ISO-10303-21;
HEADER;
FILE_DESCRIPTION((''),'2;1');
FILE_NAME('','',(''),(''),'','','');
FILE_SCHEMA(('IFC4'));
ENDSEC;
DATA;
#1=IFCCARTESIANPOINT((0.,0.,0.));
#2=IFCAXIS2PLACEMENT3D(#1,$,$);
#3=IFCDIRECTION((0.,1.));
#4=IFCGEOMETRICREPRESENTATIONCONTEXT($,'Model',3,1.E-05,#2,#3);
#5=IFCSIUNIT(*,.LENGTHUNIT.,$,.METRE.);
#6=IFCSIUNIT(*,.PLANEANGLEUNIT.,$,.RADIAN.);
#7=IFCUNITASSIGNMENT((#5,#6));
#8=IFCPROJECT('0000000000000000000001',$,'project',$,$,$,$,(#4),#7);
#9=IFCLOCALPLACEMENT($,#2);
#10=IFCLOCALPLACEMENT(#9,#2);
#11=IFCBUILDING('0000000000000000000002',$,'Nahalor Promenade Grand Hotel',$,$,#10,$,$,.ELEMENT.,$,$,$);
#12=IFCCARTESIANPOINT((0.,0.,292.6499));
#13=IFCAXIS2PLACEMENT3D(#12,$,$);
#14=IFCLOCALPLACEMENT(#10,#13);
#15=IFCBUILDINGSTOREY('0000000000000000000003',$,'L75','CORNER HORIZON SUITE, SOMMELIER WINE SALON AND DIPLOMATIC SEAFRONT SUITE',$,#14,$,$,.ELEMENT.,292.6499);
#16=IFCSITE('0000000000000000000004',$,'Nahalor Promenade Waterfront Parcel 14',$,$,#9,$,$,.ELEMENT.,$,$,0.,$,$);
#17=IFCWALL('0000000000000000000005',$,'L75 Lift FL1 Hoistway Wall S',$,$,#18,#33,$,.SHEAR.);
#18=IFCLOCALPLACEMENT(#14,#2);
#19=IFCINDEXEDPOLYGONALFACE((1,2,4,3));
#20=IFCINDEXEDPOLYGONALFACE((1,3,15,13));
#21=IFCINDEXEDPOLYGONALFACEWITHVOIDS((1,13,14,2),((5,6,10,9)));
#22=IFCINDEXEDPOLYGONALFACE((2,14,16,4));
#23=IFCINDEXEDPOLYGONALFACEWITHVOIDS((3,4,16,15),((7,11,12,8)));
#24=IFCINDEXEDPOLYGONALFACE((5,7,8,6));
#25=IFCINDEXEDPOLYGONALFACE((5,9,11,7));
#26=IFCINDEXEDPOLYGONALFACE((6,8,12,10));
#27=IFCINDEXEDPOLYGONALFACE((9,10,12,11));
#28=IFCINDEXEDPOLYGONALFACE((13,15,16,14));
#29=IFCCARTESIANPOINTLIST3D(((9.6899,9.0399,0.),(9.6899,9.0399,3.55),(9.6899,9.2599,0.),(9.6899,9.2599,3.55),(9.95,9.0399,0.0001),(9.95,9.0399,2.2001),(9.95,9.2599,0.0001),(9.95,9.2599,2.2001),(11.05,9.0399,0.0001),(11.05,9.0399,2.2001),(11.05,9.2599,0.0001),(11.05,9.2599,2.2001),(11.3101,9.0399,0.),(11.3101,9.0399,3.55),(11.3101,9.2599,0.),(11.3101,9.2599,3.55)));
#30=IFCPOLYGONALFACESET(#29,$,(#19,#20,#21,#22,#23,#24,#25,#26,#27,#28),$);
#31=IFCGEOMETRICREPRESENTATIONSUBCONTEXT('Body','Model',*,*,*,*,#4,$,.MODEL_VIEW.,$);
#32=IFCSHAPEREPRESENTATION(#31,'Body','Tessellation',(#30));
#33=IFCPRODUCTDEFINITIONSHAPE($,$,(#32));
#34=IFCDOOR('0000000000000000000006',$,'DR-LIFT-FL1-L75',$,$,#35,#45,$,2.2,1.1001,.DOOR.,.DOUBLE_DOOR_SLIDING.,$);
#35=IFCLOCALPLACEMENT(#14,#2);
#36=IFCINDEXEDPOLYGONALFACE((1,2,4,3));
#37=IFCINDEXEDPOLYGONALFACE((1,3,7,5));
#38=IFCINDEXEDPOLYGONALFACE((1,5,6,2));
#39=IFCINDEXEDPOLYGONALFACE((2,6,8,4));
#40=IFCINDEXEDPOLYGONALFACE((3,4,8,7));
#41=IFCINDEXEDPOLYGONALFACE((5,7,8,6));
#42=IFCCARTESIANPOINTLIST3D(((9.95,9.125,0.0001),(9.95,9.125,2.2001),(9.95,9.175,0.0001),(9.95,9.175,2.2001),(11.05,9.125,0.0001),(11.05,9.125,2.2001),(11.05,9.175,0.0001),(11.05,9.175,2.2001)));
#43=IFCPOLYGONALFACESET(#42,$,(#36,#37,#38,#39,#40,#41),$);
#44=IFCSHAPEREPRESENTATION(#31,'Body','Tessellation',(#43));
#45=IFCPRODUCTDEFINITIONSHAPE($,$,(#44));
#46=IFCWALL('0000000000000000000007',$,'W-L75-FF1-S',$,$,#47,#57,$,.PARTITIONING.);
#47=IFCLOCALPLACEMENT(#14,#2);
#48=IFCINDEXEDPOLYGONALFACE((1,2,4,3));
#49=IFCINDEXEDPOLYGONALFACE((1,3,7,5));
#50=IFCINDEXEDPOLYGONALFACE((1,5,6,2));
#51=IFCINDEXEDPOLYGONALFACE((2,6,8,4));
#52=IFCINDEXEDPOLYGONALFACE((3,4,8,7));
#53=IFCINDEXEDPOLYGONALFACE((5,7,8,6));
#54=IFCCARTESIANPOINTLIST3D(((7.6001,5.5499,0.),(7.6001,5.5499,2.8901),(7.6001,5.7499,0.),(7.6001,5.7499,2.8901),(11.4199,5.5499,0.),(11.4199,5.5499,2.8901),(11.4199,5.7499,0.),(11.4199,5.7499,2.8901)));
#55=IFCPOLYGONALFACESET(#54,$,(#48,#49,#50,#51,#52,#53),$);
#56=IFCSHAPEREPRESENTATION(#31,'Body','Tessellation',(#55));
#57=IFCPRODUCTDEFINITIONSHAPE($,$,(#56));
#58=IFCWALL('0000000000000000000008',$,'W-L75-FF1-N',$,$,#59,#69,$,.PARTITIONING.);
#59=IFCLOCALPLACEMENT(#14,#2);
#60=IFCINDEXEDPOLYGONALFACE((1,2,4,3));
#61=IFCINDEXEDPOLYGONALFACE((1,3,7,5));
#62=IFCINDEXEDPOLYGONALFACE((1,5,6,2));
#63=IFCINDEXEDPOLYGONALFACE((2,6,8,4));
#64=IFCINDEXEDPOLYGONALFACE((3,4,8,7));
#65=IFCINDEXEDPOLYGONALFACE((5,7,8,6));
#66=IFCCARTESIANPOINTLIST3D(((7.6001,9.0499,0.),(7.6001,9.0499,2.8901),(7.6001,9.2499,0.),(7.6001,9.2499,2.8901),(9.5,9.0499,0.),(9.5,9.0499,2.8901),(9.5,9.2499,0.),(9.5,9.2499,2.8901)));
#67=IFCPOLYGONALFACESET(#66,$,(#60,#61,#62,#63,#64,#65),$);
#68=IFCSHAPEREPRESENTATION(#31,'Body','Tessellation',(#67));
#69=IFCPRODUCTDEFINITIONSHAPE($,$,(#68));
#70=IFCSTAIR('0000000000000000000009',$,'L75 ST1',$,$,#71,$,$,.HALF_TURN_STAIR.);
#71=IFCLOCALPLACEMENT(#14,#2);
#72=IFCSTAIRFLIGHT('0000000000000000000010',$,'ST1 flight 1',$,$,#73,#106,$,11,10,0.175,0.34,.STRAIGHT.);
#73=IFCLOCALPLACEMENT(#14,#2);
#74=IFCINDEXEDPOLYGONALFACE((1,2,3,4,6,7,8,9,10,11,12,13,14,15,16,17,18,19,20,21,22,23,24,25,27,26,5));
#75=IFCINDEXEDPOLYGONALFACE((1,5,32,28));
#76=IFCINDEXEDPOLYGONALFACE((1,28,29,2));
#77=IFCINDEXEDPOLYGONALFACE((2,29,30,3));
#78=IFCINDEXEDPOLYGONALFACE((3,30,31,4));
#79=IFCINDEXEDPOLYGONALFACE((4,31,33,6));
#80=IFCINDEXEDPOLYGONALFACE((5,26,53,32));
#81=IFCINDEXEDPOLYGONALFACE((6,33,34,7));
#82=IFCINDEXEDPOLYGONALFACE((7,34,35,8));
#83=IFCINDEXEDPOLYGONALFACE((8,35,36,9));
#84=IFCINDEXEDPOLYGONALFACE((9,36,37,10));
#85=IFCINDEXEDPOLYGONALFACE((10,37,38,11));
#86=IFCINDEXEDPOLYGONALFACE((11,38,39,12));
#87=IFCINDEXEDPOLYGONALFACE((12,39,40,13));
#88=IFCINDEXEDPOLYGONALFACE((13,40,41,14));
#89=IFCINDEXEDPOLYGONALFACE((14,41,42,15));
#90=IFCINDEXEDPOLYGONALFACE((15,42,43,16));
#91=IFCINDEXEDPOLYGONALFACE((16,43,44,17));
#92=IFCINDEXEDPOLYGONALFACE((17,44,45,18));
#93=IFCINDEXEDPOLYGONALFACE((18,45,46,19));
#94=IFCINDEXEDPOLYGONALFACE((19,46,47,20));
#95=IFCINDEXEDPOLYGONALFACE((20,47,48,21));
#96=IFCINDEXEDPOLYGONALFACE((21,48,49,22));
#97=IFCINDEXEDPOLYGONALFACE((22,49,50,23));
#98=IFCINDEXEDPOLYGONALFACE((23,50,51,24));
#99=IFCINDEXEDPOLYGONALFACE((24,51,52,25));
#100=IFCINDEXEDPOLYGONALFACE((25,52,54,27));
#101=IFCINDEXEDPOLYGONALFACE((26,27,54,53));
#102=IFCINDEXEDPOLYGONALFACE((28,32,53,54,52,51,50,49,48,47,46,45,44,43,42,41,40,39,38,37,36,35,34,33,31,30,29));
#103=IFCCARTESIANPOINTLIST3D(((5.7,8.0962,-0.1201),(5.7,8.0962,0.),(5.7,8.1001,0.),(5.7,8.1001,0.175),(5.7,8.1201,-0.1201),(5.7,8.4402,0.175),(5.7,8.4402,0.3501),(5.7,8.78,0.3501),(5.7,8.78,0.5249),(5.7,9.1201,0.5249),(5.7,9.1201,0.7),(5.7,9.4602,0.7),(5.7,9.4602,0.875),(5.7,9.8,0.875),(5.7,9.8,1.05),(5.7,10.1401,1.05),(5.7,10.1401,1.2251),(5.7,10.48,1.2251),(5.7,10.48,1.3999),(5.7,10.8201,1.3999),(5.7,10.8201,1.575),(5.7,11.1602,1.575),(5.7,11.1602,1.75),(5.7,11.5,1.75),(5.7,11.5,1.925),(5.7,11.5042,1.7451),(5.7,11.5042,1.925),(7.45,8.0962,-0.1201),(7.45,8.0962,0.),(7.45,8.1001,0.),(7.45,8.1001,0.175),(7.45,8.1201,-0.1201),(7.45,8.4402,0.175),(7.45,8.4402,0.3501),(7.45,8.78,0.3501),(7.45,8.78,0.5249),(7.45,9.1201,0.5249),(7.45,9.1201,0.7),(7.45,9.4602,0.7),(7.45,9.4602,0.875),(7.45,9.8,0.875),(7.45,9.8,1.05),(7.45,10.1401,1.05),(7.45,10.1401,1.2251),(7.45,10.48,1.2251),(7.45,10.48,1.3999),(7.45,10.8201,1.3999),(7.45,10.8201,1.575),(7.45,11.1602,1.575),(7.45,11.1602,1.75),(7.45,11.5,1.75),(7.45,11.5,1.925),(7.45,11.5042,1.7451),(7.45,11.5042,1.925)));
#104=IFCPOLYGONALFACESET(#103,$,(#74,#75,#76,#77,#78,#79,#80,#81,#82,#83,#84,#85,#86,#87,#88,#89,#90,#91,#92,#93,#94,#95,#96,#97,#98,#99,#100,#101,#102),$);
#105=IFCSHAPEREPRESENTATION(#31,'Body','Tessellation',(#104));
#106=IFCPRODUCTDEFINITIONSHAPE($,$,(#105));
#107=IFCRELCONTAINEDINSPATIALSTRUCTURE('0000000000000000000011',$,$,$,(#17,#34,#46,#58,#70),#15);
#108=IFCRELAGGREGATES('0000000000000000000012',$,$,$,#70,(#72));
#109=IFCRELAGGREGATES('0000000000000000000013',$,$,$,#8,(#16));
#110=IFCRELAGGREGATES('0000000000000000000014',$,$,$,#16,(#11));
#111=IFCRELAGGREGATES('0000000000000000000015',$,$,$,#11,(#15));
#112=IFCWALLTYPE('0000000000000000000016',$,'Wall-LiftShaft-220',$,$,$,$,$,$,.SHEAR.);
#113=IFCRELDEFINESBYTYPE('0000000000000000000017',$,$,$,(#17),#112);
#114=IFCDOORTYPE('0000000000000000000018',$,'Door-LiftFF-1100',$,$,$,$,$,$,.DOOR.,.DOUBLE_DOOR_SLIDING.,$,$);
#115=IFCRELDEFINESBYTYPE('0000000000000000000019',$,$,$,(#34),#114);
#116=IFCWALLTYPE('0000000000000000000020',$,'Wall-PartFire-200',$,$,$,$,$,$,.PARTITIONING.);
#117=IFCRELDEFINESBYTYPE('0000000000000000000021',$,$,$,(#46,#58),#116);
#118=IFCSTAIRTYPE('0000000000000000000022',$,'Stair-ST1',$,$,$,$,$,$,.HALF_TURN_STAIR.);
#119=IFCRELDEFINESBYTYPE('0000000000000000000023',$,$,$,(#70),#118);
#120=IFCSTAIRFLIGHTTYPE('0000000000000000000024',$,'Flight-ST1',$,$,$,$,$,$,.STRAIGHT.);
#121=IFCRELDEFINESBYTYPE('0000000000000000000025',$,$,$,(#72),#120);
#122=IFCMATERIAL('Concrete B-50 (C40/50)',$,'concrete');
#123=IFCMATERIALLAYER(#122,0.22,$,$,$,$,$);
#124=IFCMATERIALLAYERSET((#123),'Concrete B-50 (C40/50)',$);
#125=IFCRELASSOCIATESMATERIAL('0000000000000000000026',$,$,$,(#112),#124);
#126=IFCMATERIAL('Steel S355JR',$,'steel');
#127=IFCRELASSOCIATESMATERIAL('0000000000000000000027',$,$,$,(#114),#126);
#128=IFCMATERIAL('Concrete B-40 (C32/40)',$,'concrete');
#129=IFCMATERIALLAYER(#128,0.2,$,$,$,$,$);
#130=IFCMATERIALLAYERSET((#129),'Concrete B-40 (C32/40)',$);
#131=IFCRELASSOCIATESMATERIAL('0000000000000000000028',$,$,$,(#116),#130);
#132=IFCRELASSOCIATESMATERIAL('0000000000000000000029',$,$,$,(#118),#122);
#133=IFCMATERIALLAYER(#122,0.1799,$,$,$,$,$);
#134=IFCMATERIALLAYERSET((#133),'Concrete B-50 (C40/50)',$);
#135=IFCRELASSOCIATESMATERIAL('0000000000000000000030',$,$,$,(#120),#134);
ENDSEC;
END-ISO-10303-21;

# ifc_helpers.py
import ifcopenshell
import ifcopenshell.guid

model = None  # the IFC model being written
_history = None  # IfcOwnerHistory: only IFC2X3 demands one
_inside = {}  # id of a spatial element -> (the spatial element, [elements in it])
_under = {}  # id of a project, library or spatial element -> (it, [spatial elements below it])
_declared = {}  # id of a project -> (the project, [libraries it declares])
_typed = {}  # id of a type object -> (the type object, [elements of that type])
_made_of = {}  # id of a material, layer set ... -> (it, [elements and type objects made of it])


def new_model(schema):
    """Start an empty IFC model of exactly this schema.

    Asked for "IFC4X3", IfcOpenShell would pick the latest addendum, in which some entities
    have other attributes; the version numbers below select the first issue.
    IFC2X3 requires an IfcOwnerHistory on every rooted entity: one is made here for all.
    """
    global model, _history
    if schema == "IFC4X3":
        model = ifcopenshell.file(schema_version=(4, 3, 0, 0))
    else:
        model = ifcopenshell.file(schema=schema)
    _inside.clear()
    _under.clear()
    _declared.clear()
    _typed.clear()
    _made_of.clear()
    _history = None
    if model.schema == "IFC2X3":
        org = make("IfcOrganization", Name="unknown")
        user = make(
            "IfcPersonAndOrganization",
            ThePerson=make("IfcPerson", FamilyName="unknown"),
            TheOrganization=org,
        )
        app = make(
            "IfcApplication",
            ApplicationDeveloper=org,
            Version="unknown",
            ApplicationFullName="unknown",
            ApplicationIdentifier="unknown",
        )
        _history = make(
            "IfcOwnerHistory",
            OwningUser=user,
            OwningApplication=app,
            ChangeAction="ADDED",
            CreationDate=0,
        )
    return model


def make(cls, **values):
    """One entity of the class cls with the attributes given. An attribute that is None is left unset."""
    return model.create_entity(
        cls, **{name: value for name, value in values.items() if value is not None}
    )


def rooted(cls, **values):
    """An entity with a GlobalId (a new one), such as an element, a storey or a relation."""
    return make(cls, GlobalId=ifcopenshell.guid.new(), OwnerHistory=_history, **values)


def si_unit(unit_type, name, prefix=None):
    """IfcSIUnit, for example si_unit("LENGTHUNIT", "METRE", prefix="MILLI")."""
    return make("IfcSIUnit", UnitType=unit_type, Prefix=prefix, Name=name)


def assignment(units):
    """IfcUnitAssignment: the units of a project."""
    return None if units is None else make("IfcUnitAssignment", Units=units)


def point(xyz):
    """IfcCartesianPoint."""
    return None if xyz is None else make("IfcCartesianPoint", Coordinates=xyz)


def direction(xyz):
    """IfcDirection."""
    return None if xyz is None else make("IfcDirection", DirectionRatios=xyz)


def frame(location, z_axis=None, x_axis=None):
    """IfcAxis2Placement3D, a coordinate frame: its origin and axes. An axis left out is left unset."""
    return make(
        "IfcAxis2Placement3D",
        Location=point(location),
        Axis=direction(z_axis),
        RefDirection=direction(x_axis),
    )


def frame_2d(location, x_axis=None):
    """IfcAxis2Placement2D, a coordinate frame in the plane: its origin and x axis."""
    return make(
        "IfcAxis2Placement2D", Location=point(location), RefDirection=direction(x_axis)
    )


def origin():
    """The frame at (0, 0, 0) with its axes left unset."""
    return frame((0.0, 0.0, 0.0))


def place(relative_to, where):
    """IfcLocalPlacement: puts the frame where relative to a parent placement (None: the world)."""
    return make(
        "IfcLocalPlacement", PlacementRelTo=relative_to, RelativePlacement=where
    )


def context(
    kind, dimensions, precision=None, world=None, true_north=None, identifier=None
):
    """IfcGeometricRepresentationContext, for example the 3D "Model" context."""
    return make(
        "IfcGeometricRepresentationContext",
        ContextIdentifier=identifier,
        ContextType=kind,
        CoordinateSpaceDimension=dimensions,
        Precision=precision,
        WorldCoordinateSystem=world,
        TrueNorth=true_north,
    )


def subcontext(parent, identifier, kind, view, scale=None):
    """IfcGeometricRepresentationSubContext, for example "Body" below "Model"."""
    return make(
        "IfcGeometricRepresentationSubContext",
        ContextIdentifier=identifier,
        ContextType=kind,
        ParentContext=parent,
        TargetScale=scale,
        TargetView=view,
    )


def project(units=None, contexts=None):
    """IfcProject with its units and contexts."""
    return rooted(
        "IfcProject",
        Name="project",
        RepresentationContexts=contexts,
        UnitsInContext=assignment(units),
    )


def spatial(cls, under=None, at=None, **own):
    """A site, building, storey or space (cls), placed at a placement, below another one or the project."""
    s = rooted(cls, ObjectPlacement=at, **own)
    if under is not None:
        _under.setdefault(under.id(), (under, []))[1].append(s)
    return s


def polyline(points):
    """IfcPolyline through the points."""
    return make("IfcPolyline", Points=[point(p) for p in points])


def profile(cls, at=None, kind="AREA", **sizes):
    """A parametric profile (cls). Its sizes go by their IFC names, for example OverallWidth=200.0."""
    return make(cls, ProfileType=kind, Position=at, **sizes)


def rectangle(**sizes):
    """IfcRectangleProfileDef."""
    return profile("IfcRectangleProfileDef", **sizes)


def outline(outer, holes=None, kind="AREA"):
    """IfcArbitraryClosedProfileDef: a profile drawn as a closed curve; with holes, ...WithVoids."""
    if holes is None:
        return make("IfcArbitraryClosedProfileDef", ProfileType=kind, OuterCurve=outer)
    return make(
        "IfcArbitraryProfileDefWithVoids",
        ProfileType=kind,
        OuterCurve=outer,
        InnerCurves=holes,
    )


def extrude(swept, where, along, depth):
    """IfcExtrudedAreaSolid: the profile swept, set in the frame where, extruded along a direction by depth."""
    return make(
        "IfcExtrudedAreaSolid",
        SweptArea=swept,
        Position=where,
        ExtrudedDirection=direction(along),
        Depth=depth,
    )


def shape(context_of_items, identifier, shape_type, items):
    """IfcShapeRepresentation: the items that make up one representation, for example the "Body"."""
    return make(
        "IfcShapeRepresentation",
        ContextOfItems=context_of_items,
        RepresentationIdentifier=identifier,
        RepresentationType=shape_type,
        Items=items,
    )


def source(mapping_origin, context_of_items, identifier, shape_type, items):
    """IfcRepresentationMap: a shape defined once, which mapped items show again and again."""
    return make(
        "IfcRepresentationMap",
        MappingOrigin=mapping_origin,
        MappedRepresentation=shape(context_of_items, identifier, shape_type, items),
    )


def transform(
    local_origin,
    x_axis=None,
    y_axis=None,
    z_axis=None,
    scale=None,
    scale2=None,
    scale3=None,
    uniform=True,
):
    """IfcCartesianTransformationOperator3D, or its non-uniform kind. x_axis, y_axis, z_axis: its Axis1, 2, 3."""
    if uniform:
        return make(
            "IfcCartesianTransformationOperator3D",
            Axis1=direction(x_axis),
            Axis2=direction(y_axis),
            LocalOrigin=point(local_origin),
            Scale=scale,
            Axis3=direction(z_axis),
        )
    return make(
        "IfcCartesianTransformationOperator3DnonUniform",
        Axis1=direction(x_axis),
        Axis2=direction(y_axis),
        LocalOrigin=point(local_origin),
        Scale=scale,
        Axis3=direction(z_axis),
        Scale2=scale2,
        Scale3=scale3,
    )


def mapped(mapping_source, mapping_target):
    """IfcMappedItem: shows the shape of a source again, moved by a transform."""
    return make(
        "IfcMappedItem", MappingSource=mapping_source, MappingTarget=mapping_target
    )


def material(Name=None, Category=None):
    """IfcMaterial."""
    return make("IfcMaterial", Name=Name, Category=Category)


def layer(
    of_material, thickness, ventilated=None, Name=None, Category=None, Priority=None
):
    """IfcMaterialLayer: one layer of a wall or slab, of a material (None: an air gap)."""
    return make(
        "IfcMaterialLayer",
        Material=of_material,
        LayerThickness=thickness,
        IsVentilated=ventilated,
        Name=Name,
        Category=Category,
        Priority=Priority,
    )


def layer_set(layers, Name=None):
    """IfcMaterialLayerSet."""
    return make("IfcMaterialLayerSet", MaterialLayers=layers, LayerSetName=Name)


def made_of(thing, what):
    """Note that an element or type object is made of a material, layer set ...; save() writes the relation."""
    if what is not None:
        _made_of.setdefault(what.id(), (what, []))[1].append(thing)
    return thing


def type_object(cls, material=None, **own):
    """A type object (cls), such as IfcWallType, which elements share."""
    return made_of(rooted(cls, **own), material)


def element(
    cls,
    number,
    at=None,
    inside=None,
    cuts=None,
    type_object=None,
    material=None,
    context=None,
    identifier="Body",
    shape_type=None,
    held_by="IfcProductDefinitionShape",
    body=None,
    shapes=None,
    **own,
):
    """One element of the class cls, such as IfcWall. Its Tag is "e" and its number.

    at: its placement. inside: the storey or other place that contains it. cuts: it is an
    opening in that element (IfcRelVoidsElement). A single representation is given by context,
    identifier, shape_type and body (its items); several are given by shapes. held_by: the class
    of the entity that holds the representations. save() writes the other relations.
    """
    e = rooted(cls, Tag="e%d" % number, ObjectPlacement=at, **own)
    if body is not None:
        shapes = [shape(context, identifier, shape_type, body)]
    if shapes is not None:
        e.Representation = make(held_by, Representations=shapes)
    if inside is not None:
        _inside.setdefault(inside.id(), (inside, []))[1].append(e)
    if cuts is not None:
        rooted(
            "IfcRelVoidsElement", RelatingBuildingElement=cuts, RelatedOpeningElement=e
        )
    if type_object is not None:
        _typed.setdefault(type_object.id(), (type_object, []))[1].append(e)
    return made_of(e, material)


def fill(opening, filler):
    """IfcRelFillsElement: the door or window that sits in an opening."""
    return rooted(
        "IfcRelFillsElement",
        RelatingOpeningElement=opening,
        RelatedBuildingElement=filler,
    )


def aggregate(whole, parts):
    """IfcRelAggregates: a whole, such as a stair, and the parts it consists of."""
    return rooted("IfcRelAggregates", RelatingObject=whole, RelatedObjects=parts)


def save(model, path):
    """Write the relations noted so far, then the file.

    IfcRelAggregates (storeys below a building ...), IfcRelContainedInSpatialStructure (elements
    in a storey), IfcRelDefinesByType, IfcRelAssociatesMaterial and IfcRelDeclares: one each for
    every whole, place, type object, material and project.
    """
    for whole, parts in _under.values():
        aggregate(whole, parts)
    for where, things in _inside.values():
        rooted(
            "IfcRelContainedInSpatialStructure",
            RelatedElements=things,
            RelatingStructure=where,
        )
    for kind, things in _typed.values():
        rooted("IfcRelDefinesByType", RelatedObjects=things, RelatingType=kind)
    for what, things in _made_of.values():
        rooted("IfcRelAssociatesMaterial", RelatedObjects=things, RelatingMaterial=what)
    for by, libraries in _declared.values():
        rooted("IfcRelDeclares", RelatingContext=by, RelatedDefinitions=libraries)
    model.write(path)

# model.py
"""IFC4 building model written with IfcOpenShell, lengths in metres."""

from ifc_helpers import new_model, si_unit, direction, frame, frame_2d, origin, place, context, subcontext, project, spatial, polyline, rectangle, outline, extrude, source, transform, mapped, material, layer, layer_set, type_object, element, fill, aggregate, save


model = new_model("IFC4")

# Units and contexts
model_context = context("Model", 3, precision=1e-05, world=origin(), true_north=direction((0.0, 1.0)))
body_context = subcontext(model_context, "Body", "Model", "MODEL_VIEW")
ifc_project = project(units=[si_unit("LENGTHUNIT", "METRE"), si_unit("PLANEANGLEUNIT", "RADIAN")], contexts=[model_context])

# Site, building, storey
site_placement = place(None, origin())
site = spatial("IfcSite", under=ifc_project, at=site_placement, Name="Nahalor Promenade Waterfront Parcel 14", CompositionType="ELEMENT", RefElevation=0.0)
building_placement = place(site_placement, origin())
building = spatial("IfcBuilding", under=site, at=building_placement, Name="Nahalor Promenade Grand Hotel", CompositionType="ELEMENT")
storey_placement = place(building_placement, frame((0.0, 0.0, 292.6499)))
storey = spatial("IfcBuildingStorey", under=building, at=storey_placement, Name="L75", Description="CORNER HORIZON SUITE, SOMMELIER WINE SALON AND DIPLOMATIC SEAFRONT SUITE", CompositionType="ELEMENT", Elevation=292.6499)

# Shared definitions
ifc_material_1 = material(Name="Steel S355JR", Category="steel")

# Shared definitions
ifc_material_2 = material(Name="Concrete B-50 (C40/50)", Category="concrete")

# Shared definitions
ifc_layer_1 = layer(ifc_material_2, 0.22)
ifc_layer_set_1 = layer_set([ifc_layer_1], Name="Concrete B-50 (C40/50)")
wall_type_1 = type_object("IfcWallType", Name="Wall-LiftShaft-220", PredefinedType="SHEAR", material=ifc_layer_set_1)

# Wall, opening, door
shared_shape_1 = source(origin(), body_context, "Body", "SweptSolid", [
    extrude(rectangle(XDim=1.6201, YDim=0.22, at=frame_2d((0.8101, 0.0))), origin(), (0.0, 0.0, 1.0), 3.55),
])
wall_1_placement = place(storey_placement, frame((9.6899, 9.1499, 0.0), z_axis=(0.0, 0.0, 1.0), x_axis=(1.0, 0.0, 0.0)))
wall_1 = element("IfcWall", 1, at=wall_1_placement, inside=storey, type_object=wall_type_1, Name="L75 Lift FL1 Hoistway Wall S", PredefinedType="SHEAR", context=body_context, shape_type="MappedRepresentation", body=[
    mapped(shared_shape_1, transform((0.0, 0.0, 0.0), scale=1.0)),
])
opening_1_placement = place(wall_1_placement, frame((0.26, 0.0, 0.0)))
opening_1 = element("IfcOpeningElement", 2, at=opening_1_placement, cuts=wall_1, PredefinedType="OPENING", context=body_context, shape_type="SweptSolid", body=[
    extrude(rectangle(XDim=1.1001, YDim=2.2, at=frame_2d((0.55, 1.1001))), frame((0.0, 0.1199, 0.0), z_axis=(0.0, -1.0, 0.0), x_axis=(1.0, 0.0, 0.0)), (0.0, 0.0, 1.0), 0.24),
])
door_type_1 = type_object("IfcDoorType", Name="Door-LiftFF-1100", OperationType="DOUBLE_DOOR_SLIDING", PredefinedType="DOOR", material=ifc_material_1)
shared_shape_2 = source(origin(), body_context, "Body", "SweptSolid", [
    extrude(rectangle(XDim=1.1001, YDim=2.2, at=frame_2d((0.55, 1.1001))), frame((0.0, 0.0249, 0.0), z_axis=(0.0, -1.0, 0.0), x_axis=(1.0, 0.0, 0.0)), (0.0, 0.0, 1.0), 0.05),
])
door_1_placement = place(opening_1_placement, frame((1.1001, 0.0, 0.0), z_axis=(0.0, 0.0, 1.0), x_axis=(-1.0, 0.0, 0.0)))
door_1 = element("IfcDoor", 3, at=door_1_placement, inside=storey, type_object=door_type_1, Name="DR-LIFT-FL1-L75", OperationType="DOUBLE_DOOR_SLIDING", OverallHeight=2.2, OverallWidth=1.1001, PredefinedType="DOOR", context=body_context, shape_type="MappedRepresentation", body=[
    mapped(shared_shape_2, transform((0.0, 0.0, 0.0), scale=1.0)),
])
fill(opening_1, door_1)

# Walls
ifc_material_3 = material(Name="Concrete B-40 (C32/40)", Category="concrete")
ifc_layer_2 = layer(ifc_material_3, 0.2)
ifc_layer_set_2 = layer_set([ifc_layer_2], Name="Concrete B-40 (C32/40)")
wall_type_2 = type_object("IfcWallType", Name="Wall-PartFire-200", PredefinedType="PARTITIONING", material=ifc_layer_set_2)
shared_shape_3 = source(origin(), body_context, "Body", "SweptSolid", [
    extrude(rectangle(XDim=3.8198, YDim=0.2, at=frame_2d((1.9099, 0.0))), origin(), (0.0, 0.0, 1.0), 2.8901),
])
wall_2_placement = place(storey_placement, frame((7.6001, 5.6499, 0.0), z_axis=(0.0, 0.0, 1.0), x_axis=(1.0, 0.0, 0.0)))
element("IfcWall", 4, at=wall_2_placement, inside=storey, type_object=wall_type_2, Name="W-L75-FF1-S", PredefinedType="PARTITIONING", context=body_context, shape_type="MappedRepresentation", body=[
    mapped(shared_shape_3, transform((0.0, 0.0, 0.0), scale=1.0)),
])
shared_shape_4 = source(origin(), body_context, "Body", "SweptSolid", [
    extrude(rectangle(XDim=1.8999, YDim=0.2, at=frame_2d((0.95, 0.0))), origin(), (0.0, 0.0, 1.0), 2.8901),
])
wall_3_placement = place(storey_placement, frame((7.6001, 9.1499, 0.0), z_axis=(0.0, 0.0, 1.0), x_axis=(1.0, 0.0, 0.0)))
element("IfcWall", 5, at=wall_3_placement, inside=storey, type_object=wall_type_2, Name="W-L75-FF1-N", PredefinedType="PARTITIONING", context=body_context, shape_type="MappedRepresentation", body=[
    mapped(shared_shape_4, transform((0.0, 0.0, 0.0), scale=1.0)),
])

# Stair, stair flight
stair_type = type_object("IfcStairType", Name="Stair-ST1", PredefinedType="HALF_TURN_STAIR", material=ifc_material_2)
stair_placement = place(storey_placement, origin())
stair = element("IfcStair", 6, at=stair_placement, inside=storey, type_object=stair_type, Name="L75 ST1", PredefinedType="HALF_TURN_STAIR")
ifc_layer_3 = layer(ifc_material_2, 0.1799)
ifc_layer_set_3 = layer_set([ifc_layer_3], Name="Concrete B-50 (C40/50)")
stair_flight_type = type_object("IfcStairFlightType", Name="Flight-ST1", PredefinedType="STRAIGHT", material=ifc_layer_set_3)
shared_shape_5 = source(origin(), body_context, "Body", "SweptSolid", [
    extrude(outline(polyline([(-0.0039, -0.1201), (-0.0039, 0.0), (0.0, 0.0), (0.0, 0.175), (0.3401, 0.175), (0.3401, 0.3501), (0.6799, 0.3501), (0.6799, 0.5249), (1.02, 0.5249), (1.02, 0.7), (1.3601, 0.7), (1.3601, 0.875), (1.7, 0.875), (1.7, 1.05), (2.04, 1.05), (2.04, 1.2251), (2.3799, 1.2251), (2.3799, 1.3999), (2.72, 1.3999), (2.72, 1.575), (3.0601, 1.575), (3.0601, 1.75), (3.3999, 1.75), (3.3999, 1.925), (3.4041, 1.925), (3.4041, 1.7451), (0.02, -0.1201), (-0.0039, -0.1201)])), frame((0.0, 0.875, 0.0), z_axis=(0.0, -1.0, 0.0), x_axis=(1.0, 0.0, 0.0)), (0.0, 0.0, 1.0), 1.75),
])
stair_flight_placement = place(storey_placement, frame((6.575, 8.1001, 0.0), z_axis=(0.0, 0.0, 1.0), x_axis=(0.0, 1.0, 0.0)))
stair_flight = element("IfcStairFlight", 7, at=stair_flight_placement, type_object=stair_flight_type, Name="ST1 flight 1", NumberOfRisers=11, NumberOfTreads=10, PredefinedType="STRAIGHT", RiserHeight=0.175, TreadLength=0.34, context=body_context, shape_type="MappedRepresentation", body=[
    mapped(shared_shape_5, transform((0.0, 0.0, 0.0), scale=1.0)),
])
aggregate(stair, [stair_flight])

save(model, "model.ifc")
